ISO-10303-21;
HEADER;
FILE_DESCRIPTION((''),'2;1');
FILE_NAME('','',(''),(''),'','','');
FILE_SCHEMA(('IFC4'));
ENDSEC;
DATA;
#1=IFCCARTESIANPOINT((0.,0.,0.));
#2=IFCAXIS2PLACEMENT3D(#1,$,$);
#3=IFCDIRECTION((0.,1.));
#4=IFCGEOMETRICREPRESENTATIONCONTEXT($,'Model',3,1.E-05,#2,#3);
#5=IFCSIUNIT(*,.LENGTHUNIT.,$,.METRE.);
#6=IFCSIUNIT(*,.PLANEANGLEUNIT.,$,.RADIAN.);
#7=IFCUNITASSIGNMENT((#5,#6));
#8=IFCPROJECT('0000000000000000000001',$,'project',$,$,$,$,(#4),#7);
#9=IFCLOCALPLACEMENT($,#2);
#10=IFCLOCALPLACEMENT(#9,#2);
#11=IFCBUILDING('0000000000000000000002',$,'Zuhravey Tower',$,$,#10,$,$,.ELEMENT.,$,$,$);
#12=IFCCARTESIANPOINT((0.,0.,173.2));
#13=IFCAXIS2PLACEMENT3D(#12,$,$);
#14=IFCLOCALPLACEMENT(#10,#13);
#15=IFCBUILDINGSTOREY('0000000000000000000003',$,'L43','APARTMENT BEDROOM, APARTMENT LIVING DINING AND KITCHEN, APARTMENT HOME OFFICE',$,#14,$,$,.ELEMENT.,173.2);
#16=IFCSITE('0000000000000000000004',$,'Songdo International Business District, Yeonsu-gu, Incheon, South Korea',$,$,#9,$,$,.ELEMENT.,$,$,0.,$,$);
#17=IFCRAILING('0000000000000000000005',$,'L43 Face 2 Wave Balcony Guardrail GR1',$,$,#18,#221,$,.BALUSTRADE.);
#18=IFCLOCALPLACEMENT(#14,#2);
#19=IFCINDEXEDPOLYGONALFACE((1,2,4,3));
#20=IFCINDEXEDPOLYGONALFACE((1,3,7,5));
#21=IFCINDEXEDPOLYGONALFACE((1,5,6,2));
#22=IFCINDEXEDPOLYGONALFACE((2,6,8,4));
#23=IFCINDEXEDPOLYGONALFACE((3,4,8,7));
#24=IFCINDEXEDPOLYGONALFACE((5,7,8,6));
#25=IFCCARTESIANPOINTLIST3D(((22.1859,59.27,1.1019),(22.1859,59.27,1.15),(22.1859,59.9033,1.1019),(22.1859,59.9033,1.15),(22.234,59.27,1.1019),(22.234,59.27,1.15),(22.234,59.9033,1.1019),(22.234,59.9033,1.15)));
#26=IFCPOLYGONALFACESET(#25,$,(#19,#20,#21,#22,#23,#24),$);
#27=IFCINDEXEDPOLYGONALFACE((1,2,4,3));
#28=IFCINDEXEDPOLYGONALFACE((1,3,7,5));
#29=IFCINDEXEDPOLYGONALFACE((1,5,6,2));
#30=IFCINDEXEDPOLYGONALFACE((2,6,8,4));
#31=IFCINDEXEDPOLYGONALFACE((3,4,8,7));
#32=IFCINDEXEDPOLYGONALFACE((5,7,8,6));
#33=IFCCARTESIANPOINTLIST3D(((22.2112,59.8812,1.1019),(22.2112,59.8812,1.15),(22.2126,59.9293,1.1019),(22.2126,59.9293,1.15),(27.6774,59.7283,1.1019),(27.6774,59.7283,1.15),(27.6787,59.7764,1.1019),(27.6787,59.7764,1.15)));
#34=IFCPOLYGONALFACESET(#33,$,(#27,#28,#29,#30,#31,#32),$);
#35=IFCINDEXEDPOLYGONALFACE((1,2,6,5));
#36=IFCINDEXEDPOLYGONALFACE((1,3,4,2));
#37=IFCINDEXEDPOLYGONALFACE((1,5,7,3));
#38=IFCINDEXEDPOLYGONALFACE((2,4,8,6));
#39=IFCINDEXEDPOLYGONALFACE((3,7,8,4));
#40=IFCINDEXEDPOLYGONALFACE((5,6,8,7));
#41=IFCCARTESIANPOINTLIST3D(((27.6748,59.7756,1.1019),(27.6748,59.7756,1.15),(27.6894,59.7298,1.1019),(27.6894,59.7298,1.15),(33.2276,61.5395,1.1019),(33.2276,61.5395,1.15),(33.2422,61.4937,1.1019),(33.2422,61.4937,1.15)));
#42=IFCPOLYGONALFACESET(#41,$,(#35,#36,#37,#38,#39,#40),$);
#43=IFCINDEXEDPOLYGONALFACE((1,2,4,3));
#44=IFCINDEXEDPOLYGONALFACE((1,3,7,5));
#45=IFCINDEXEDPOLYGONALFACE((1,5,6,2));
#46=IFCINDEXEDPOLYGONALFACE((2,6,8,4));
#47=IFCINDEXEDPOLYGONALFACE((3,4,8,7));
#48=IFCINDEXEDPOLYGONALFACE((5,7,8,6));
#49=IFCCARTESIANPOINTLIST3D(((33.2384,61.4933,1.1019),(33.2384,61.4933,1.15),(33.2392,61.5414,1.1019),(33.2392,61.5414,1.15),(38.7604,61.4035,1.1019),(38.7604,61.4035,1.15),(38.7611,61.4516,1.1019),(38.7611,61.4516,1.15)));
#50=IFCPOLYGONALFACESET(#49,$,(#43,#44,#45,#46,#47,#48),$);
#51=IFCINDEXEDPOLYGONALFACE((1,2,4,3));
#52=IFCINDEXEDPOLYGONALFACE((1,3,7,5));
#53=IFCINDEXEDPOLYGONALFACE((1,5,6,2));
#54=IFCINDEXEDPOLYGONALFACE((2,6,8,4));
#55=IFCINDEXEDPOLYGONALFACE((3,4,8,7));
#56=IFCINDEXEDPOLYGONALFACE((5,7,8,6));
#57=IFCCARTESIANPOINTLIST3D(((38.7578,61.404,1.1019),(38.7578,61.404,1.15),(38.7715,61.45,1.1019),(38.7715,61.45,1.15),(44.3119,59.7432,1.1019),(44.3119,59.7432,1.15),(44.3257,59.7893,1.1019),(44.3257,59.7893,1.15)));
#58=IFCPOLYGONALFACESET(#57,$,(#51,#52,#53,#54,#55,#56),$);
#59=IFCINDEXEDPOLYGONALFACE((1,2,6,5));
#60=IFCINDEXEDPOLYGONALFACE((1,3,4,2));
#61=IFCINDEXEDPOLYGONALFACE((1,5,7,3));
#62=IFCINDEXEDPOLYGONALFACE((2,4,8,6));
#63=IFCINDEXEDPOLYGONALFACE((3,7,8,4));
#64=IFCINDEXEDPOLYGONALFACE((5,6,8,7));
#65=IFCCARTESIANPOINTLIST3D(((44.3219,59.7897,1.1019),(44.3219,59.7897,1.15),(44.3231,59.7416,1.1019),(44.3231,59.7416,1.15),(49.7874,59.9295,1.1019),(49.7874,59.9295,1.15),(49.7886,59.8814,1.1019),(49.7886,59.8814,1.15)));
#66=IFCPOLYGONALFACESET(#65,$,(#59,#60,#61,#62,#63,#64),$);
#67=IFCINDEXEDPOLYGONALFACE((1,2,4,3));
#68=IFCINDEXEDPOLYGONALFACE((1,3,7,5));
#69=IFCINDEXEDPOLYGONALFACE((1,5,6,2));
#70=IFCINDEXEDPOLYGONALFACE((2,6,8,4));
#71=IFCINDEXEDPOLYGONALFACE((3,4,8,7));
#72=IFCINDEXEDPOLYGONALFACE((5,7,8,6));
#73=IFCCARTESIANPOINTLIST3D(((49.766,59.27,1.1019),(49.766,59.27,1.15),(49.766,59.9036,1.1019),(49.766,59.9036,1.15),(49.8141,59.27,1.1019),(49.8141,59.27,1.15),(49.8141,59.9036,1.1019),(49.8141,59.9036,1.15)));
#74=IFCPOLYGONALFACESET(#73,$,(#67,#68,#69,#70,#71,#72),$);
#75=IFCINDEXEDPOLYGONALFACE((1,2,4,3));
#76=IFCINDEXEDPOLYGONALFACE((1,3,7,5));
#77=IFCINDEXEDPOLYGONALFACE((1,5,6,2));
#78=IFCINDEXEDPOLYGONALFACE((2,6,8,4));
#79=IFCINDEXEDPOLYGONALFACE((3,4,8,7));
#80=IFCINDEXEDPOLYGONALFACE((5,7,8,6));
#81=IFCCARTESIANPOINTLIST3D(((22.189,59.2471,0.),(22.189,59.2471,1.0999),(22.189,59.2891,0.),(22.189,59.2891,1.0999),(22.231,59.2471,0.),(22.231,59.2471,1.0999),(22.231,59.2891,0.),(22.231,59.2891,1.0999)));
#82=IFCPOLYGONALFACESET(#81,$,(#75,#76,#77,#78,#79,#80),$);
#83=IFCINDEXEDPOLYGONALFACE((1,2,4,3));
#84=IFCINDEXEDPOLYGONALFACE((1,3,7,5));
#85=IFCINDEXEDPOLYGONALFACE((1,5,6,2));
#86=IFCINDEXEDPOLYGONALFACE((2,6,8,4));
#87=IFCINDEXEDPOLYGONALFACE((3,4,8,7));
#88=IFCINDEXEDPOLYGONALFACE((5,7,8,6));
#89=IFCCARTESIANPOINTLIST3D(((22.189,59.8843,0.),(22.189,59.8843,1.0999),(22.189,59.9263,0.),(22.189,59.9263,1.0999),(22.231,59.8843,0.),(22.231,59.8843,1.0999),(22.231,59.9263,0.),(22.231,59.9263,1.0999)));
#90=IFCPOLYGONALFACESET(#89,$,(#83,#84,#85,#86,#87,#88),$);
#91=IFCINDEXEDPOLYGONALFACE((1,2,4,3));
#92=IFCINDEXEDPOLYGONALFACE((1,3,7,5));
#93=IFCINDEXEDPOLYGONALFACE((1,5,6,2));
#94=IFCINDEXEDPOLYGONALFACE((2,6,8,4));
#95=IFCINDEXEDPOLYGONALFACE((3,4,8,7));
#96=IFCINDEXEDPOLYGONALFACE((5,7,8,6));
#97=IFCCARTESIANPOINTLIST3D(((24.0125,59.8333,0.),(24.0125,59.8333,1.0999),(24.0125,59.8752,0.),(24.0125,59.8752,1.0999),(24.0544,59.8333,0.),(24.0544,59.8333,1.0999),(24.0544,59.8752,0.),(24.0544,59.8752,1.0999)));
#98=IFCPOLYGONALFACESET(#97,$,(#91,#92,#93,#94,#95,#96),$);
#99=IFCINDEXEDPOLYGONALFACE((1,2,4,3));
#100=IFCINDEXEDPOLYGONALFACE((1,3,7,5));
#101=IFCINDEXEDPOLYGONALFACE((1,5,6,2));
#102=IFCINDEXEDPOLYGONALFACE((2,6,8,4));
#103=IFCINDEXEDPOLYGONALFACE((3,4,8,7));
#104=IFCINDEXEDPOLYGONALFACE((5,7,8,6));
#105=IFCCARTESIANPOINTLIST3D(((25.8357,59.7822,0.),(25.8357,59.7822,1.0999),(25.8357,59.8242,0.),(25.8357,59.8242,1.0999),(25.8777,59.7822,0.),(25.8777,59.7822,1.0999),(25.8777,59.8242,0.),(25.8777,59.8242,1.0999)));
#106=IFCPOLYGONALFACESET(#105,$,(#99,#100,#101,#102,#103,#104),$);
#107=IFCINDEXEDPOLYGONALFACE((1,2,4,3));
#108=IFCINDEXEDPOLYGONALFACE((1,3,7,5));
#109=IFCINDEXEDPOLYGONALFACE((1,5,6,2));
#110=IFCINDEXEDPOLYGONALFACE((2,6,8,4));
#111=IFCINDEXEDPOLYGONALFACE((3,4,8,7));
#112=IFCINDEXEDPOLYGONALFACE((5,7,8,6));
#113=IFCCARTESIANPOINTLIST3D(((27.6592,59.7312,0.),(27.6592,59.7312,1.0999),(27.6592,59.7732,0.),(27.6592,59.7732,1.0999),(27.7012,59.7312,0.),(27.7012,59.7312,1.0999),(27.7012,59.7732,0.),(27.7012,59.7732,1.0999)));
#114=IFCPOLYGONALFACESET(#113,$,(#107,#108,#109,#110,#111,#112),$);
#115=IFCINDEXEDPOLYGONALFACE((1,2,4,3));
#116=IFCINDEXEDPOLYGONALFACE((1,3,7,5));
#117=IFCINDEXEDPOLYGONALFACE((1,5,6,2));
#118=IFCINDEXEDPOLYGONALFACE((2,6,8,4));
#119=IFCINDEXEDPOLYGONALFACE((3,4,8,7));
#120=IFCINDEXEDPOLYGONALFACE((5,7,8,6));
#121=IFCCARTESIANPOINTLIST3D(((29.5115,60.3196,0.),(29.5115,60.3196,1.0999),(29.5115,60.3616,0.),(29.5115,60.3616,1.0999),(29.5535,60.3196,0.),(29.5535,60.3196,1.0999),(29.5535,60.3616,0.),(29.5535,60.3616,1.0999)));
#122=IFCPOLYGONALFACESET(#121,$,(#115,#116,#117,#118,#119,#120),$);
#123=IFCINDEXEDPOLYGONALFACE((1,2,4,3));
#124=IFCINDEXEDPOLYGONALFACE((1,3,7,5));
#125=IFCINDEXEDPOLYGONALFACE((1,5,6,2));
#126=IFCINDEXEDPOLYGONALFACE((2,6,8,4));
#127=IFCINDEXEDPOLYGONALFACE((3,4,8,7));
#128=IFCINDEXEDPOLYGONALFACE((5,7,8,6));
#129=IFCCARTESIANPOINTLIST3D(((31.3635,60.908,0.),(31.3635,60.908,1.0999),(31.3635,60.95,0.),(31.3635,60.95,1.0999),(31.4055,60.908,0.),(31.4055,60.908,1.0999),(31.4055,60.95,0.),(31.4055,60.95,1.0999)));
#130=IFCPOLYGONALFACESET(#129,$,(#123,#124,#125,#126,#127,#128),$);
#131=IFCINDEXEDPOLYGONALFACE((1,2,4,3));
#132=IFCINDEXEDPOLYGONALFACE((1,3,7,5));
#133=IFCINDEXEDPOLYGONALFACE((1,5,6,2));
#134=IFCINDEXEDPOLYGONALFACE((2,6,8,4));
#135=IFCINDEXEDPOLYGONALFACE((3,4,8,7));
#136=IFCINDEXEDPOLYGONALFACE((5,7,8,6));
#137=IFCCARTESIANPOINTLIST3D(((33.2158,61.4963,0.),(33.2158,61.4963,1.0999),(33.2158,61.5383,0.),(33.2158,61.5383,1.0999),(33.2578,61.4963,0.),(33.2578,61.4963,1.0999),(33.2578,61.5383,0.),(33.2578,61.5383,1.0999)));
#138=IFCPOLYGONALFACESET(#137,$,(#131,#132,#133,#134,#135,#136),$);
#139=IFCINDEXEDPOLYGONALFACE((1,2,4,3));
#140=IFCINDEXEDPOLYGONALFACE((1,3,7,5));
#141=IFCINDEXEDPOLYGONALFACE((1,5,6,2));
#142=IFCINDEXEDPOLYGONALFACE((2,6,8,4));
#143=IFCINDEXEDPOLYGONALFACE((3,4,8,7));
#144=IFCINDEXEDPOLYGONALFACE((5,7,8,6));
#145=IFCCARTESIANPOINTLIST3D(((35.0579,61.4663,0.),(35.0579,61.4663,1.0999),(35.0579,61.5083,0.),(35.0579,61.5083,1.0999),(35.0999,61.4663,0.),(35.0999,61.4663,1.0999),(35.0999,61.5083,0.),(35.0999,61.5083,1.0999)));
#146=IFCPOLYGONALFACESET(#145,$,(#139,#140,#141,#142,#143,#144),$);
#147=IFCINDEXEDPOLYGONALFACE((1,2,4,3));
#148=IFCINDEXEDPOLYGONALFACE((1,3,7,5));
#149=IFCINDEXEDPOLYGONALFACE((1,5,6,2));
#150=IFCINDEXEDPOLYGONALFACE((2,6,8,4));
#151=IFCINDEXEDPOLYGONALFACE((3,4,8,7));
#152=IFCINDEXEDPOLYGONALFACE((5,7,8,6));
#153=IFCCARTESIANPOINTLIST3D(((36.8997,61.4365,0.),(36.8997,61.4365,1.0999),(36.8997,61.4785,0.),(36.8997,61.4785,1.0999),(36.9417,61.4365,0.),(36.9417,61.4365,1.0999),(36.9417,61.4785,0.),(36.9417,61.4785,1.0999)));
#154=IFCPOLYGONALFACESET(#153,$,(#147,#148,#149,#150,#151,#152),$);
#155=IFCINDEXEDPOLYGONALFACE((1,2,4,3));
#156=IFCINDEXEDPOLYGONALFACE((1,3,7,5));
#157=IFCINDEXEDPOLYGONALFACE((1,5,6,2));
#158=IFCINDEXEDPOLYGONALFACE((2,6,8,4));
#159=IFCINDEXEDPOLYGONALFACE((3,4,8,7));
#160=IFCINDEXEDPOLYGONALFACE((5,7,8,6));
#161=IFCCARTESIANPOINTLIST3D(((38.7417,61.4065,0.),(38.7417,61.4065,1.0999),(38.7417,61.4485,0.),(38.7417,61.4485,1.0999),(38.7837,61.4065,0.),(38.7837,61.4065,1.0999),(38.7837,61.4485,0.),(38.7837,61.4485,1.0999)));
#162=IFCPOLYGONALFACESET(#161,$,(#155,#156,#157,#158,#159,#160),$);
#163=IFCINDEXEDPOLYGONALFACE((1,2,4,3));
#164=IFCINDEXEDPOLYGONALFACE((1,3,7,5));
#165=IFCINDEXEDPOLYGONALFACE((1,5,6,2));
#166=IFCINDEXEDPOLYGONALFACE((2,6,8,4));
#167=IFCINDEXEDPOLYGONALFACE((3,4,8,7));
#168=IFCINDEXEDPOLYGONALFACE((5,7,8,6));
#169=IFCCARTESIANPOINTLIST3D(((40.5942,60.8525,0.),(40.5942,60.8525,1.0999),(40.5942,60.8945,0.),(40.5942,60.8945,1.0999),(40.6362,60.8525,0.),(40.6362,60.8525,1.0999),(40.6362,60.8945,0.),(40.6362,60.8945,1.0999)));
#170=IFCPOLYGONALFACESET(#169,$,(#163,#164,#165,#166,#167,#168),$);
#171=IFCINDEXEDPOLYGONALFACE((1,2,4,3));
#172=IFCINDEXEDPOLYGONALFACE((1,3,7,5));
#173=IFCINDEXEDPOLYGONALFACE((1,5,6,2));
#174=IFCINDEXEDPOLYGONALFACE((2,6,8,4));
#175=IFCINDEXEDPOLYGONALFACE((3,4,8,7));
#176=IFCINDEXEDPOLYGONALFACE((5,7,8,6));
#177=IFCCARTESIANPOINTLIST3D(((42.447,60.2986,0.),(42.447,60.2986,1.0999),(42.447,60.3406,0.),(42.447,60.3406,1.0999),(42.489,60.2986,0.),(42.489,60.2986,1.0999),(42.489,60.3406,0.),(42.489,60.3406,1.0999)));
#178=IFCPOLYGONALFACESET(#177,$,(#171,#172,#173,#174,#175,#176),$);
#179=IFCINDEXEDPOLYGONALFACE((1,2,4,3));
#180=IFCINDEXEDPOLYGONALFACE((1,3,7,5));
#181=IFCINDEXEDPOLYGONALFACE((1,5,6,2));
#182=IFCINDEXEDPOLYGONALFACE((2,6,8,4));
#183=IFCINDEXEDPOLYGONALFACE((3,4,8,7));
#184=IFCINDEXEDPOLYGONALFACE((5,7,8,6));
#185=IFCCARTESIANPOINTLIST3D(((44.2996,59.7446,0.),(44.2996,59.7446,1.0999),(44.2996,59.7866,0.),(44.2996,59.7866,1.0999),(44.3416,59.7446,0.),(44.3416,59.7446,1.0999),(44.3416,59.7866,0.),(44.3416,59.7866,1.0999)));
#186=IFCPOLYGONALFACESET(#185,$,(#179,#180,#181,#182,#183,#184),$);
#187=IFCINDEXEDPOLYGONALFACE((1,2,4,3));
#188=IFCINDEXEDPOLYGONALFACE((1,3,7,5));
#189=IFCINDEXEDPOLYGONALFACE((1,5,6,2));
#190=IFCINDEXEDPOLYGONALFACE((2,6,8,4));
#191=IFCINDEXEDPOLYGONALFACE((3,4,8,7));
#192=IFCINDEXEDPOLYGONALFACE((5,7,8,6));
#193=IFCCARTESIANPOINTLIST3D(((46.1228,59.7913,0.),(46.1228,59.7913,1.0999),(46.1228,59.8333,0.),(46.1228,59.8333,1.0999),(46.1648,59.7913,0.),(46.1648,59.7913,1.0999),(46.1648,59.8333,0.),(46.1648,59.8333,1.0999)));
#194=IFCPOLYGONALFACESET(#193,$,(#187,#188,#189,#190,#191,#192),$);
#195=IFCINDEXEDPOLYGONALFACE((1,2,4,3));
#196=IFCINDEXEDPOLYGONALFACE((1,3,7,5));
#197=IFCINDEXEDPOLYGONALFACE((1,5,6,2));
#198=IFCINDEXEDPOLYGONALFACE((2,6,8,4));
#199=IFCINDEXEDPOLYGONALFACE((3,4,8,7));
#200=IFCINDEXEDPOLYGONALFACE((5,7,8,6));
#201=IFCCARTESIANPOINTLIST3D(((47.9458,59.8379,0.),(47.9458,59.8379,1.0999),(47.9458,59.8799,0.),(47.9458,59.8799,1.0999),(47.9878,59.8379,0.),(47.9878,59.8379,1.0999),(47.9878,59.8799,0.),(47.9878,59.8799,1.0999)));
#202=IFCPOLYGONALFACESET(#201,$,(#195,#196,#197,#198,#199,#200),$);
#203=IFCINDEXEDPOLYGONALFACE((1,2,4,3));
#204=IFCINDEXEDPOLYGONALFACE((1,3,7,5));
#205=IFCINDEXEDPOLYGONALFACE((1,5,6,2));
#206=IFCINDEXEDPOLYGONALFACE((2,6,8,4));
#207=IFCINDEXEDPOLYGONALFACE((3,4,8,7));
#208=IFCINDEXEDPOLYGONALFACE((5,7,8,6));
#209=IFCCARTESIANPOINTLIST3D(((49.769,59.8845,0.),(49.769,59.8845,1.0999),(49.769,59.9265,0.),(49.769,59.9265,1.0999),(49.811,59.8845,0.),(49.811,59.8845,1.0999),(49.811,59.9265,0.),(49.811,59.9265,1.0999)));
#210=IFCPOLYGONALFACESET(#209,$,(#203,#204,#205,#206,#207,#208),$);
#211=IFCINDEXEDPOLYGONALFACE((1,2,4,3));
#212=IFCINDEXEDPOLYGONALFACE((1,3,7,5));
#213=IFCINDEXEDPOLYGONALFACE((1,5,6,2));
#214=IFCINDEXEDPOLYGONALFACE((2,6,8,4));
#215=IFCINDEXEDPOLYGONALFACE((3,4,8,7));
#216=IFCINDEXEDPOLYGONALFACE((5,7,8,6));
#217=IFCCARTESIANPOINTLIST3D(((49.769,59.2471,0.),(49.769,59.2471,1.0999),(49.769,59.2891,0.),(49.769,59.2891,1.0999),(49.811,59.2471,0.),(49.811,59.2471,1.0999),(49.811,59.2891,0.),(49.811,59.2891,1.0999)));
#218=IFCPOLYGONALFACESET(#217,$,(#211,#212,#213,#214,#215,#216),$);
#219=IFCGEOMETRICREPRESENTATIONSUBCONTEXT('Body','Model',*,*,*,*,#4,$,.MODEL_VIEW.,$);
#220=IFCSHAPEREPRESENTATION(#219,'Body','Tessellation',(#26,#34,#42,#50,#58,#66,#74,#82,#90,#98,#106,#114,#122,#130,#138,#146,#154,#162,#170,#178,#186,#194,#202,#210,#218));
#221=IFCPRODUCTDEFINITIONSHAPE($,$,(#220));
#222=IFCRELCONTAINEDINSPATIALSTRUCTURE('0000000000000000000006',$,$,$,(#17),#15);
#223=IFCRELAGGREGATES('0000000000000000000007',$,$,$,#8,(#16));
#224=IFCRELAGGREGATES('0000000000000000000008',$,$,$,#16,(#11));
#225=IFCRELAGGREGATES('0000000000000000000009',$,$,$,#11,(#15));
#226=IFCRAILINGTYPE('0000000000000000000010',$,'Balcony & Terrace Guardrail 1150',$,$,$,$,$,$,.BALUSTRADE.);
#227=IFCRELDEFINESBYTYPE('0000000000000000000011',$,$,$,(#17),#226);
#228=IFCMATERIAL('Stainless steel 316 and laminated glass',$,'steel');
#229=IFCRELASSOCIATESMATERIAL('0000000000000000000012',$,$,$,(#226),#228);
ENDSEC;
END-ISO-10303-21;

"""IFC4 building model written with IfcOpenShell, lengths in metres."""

from ifc_helpers import new_model, si_unit, direction, frame, origin, origin_2d, place, context, subcontext, project, spatial, rectangle, extrude, material, type_object, element, save


model = new_model("IFC4")

# Units and contexts
model_context = context("Model", 3, precision=1e-05, world=origin(), true_north=direction((0.0, 1.0)))
body_context = subcontext(model_context, "Body", "Model", "MODEL_VIEW")
ifc_project = project(units=[si_unit("LENGTHUNIT", "METRE"), si_unit("PLANEANGLEUNIT", "RADIAN")], contexts=[model_context])

# Site, building, storey
site_placement = place(None, origin())
site = spatial("IfcSite", under=ifc_project, at=site_placement, Name="Songdo International Business District, Yeonsu-gu, Incheon, South Korea", CompositionType="ELEMENT", RefElevation=0.0)
building_placement = place(site_placement, origin())
building = spatial("IfcBuilding", under=site, at=building_placement, Name="Zuhravey Tower", CompositionType="ELEMENT")
storey_placement = place(building_placement, frame((0.0, 0.0, 173.2)))
storey = spatial("IfcBuildingStorey", under=building, at=storey_placement, Name="L43", Description="APARTMENT BEDROOM, APARTMENT LIVING DINING AND KITCHEN, APARTMENT HOME OFFICE", CompositionType="ELEMENT", Elevation=173.2)

# Railing
ifc_material_1 = material(Name="Stainless steel 316 and laminated glass", Category="steel")
railing_type = type_object("IfcRailingType", Name="Balcony & Terrace Guardrail 1150", PredefinedType="BALUSTRADE", material=ifc_material_1)
railing_placement = place(storey_placement, frame((22.21, 59.2681, 0.0)))
element("IfcRailing", 1, at=railing_placement, inside=storey, type_object=railing_type, Name="L43 Face 2 Wave Balcony Guardrail GR1", PredefinedType="BALUSTRADE", context=body_context, shape_type="SweptSolid", body=[
    extrude(rectangle(XDim=0.0481, YDim=0.0481, at=origin_2d()), frame((0.0, 0.002, 1.126), z_axis=(0.0, 1.0, 0.0), x_axis=(-1.0, 0.0, 0.0)), (0.0, 0.0, 1.0), 0.6333),
    extrude(rectangle(XDim=0.0481, YDim=0.0481, at=origin_2d()), frame((0.002, 0.6372, 1.126), z_axis=(0.999609, -0.027973, 0.0), x_axis=(0.027973, 0.999609, 0.0)), (0.0, 0.0, 1.0), 5.4683),
    extrude(rectangle(XDim=0.0481, YDim=0.0481, at=origin_2d()), frame((5.4722, 0.4846, 1.126), z_axis=(0.953069, 0.302754, 0.0), x_axis=(-0.302754, 0.953069, 0.0)), (0.0, 0.0, 1.0), 5.8262),
    extrude(rectangle(XDim=0.0481, YDim=0.0481, at=origin_2d()), frame((11.0288, 2.2493, 1.126), z_axis=(0.999868, -0.016257, 0.0), x_axis=(0.016257, 0.999868, 0.0)), (0.0, 0.0, 1.0), 5.5227),
    extrude(rectangle(XDim=0.0481, YDim=0.0481, at=origin_2d()), frame((16.5547, 2.1589, 1.126), z_axis=(0.958087, -0.286479, 0.0), x_axis=(0.286479, 0.958087, 0.0)), (0.0, 0.0, 1.0), 5.7971),
    extrude(rectangle(XDim=0.0481, YDim=0.0481, at=origin_2d()), frame((22.1125, 0.4976, 1.126), z_axis=(0.999673, 0.025569, 0.0), x_axis=(-0.025569, 0.999673, 0.0)), (0.0, 0.0, 1.0), 5.4673),
    extrude(rectangle(XDim=0.0481, YDim=0.0481, at=origin_2d()), frame((27.5801, 0.6355, 1.126), z_axis=(0.0, -1.0, 0.0), x_axis=(1.0, 0.0, 0.0)), (0.0, 0.0, 1.0), 0.6335),
    extrude(rectangle(XDim=0.042, YDim=0.042, at=origin_2d()), origin(), (0.0, 0.0, 1.0), 1.0999),
    extrude(rectangle(XDim=0.042, YDim=0.042, at=origin_2d()), frame((0.0, 0.6372, 0.0)), (0.0, 0.0, 1.0), 1.0999),
    extrude(rectangle(XDim=0.042, YDim=0.042, at=origin_2d()), frame((1.8235, 0.5862, 0.0)), (0.0, 0.0, 1.0), 1.0999),
    extrude(rectangle(XDim=0.042, YDim=0.042, at=origin_2d()), frame((3.6467, 0.5352, 0.0)), (0.0, 0.0, 1.0), 1.0999),
    extrude(rectangle(XDim=0.042, YDim=0.042, at=origin_2d()), frame((5.4702, 0.4841, 0.0)), (0.0, 0.0, 1.0), 1.0999),
    extrude(rectangle(XDim=0.042, YDim=0.042, at=origin_2d()), frame((7.3225, 1.0725, 0.0)), (0.0, 0.0, 1.0), 1.0999),
    extrude(rectangle(XDim=0.042, YDim=0.042, at=origin_2d()), frame((9.1746, 1.6609, 0.0)), (0.0, 0.0, 1.0), 1.0999),
    extrude(rectangle(XDim=0.042, YDim=0.042, at=origin_2d()), frame((11.0269, 2.2493, 0.0)), (0.0, 0.0, 1.0), 1.0999),
    extrude(rectangle(XDim=0.042, YDim=0.042, at=origin_2d()), frame((12.8689, 2.2192, 0.0)), (0.0, 0.0, 1.0), 1.0999),
    extrude(rectangle(XDim=0.042, YDim=0.042, at=origin_2d()), frame((14.7107, 2.1895, 0.0)), (0.0, 0.0, 1.0), 1.0999),
    extrude(rectangle(XDim=0.042, YDim=0.042, at=origin_2d()), frame((16.5527, 2.1594, 0.0)), (0.0, 0.0, 1.0), 1.0999),
    extrude(rectangle(XDim=0.042, YDim=0.042, at=origin_2d()), frame((18.4053, 1.6055, 0.0)), (0.0, 0.0, 1.0), 1.0999),
    extrude(rectangle(XDim=0.042, YDim=0.042, at=origin_2d()), frame((20.2581, 1.0515, 0.0)), (0.0, 0.0, 1.0), 1.0999),
    extrude(rectangle(XDim=0.042, YDim=0.042, at=origin_2d()), frame((22.1106, 0.4976, 0.0)), (0.0, 0.0, 1.0), 1.0999),
    extrude(rectangle(XDim=0.042, YDim=0.042, at=origin_2d()), frame((23.9338, 0.5442, 0.0)), (0.0, 0.0, 1.0), 1.0999),
    extrude(rectangle(XDim=0.042, YDim=0.042, at=origin_2d()), frame((25.7568, 0.5908, 0.0)), (0.0, 0.0, 1.0), 1.0999),
    extrude(rectangle(XDim=0.042, YDim=0.042, at=origin_2d()), frame((27.5801, 0.6375, 0.0)), (0.0, 0.0, 1.0), 1.0999),
    extrude(rectangle(XDim=0.042, YDim=0.042, at=origin_2d()), frame((27.5801, 0.0, 0.0)), (0.0, 0.0, 1.0), 1.0999),
])

save(model, "model.ifc")
